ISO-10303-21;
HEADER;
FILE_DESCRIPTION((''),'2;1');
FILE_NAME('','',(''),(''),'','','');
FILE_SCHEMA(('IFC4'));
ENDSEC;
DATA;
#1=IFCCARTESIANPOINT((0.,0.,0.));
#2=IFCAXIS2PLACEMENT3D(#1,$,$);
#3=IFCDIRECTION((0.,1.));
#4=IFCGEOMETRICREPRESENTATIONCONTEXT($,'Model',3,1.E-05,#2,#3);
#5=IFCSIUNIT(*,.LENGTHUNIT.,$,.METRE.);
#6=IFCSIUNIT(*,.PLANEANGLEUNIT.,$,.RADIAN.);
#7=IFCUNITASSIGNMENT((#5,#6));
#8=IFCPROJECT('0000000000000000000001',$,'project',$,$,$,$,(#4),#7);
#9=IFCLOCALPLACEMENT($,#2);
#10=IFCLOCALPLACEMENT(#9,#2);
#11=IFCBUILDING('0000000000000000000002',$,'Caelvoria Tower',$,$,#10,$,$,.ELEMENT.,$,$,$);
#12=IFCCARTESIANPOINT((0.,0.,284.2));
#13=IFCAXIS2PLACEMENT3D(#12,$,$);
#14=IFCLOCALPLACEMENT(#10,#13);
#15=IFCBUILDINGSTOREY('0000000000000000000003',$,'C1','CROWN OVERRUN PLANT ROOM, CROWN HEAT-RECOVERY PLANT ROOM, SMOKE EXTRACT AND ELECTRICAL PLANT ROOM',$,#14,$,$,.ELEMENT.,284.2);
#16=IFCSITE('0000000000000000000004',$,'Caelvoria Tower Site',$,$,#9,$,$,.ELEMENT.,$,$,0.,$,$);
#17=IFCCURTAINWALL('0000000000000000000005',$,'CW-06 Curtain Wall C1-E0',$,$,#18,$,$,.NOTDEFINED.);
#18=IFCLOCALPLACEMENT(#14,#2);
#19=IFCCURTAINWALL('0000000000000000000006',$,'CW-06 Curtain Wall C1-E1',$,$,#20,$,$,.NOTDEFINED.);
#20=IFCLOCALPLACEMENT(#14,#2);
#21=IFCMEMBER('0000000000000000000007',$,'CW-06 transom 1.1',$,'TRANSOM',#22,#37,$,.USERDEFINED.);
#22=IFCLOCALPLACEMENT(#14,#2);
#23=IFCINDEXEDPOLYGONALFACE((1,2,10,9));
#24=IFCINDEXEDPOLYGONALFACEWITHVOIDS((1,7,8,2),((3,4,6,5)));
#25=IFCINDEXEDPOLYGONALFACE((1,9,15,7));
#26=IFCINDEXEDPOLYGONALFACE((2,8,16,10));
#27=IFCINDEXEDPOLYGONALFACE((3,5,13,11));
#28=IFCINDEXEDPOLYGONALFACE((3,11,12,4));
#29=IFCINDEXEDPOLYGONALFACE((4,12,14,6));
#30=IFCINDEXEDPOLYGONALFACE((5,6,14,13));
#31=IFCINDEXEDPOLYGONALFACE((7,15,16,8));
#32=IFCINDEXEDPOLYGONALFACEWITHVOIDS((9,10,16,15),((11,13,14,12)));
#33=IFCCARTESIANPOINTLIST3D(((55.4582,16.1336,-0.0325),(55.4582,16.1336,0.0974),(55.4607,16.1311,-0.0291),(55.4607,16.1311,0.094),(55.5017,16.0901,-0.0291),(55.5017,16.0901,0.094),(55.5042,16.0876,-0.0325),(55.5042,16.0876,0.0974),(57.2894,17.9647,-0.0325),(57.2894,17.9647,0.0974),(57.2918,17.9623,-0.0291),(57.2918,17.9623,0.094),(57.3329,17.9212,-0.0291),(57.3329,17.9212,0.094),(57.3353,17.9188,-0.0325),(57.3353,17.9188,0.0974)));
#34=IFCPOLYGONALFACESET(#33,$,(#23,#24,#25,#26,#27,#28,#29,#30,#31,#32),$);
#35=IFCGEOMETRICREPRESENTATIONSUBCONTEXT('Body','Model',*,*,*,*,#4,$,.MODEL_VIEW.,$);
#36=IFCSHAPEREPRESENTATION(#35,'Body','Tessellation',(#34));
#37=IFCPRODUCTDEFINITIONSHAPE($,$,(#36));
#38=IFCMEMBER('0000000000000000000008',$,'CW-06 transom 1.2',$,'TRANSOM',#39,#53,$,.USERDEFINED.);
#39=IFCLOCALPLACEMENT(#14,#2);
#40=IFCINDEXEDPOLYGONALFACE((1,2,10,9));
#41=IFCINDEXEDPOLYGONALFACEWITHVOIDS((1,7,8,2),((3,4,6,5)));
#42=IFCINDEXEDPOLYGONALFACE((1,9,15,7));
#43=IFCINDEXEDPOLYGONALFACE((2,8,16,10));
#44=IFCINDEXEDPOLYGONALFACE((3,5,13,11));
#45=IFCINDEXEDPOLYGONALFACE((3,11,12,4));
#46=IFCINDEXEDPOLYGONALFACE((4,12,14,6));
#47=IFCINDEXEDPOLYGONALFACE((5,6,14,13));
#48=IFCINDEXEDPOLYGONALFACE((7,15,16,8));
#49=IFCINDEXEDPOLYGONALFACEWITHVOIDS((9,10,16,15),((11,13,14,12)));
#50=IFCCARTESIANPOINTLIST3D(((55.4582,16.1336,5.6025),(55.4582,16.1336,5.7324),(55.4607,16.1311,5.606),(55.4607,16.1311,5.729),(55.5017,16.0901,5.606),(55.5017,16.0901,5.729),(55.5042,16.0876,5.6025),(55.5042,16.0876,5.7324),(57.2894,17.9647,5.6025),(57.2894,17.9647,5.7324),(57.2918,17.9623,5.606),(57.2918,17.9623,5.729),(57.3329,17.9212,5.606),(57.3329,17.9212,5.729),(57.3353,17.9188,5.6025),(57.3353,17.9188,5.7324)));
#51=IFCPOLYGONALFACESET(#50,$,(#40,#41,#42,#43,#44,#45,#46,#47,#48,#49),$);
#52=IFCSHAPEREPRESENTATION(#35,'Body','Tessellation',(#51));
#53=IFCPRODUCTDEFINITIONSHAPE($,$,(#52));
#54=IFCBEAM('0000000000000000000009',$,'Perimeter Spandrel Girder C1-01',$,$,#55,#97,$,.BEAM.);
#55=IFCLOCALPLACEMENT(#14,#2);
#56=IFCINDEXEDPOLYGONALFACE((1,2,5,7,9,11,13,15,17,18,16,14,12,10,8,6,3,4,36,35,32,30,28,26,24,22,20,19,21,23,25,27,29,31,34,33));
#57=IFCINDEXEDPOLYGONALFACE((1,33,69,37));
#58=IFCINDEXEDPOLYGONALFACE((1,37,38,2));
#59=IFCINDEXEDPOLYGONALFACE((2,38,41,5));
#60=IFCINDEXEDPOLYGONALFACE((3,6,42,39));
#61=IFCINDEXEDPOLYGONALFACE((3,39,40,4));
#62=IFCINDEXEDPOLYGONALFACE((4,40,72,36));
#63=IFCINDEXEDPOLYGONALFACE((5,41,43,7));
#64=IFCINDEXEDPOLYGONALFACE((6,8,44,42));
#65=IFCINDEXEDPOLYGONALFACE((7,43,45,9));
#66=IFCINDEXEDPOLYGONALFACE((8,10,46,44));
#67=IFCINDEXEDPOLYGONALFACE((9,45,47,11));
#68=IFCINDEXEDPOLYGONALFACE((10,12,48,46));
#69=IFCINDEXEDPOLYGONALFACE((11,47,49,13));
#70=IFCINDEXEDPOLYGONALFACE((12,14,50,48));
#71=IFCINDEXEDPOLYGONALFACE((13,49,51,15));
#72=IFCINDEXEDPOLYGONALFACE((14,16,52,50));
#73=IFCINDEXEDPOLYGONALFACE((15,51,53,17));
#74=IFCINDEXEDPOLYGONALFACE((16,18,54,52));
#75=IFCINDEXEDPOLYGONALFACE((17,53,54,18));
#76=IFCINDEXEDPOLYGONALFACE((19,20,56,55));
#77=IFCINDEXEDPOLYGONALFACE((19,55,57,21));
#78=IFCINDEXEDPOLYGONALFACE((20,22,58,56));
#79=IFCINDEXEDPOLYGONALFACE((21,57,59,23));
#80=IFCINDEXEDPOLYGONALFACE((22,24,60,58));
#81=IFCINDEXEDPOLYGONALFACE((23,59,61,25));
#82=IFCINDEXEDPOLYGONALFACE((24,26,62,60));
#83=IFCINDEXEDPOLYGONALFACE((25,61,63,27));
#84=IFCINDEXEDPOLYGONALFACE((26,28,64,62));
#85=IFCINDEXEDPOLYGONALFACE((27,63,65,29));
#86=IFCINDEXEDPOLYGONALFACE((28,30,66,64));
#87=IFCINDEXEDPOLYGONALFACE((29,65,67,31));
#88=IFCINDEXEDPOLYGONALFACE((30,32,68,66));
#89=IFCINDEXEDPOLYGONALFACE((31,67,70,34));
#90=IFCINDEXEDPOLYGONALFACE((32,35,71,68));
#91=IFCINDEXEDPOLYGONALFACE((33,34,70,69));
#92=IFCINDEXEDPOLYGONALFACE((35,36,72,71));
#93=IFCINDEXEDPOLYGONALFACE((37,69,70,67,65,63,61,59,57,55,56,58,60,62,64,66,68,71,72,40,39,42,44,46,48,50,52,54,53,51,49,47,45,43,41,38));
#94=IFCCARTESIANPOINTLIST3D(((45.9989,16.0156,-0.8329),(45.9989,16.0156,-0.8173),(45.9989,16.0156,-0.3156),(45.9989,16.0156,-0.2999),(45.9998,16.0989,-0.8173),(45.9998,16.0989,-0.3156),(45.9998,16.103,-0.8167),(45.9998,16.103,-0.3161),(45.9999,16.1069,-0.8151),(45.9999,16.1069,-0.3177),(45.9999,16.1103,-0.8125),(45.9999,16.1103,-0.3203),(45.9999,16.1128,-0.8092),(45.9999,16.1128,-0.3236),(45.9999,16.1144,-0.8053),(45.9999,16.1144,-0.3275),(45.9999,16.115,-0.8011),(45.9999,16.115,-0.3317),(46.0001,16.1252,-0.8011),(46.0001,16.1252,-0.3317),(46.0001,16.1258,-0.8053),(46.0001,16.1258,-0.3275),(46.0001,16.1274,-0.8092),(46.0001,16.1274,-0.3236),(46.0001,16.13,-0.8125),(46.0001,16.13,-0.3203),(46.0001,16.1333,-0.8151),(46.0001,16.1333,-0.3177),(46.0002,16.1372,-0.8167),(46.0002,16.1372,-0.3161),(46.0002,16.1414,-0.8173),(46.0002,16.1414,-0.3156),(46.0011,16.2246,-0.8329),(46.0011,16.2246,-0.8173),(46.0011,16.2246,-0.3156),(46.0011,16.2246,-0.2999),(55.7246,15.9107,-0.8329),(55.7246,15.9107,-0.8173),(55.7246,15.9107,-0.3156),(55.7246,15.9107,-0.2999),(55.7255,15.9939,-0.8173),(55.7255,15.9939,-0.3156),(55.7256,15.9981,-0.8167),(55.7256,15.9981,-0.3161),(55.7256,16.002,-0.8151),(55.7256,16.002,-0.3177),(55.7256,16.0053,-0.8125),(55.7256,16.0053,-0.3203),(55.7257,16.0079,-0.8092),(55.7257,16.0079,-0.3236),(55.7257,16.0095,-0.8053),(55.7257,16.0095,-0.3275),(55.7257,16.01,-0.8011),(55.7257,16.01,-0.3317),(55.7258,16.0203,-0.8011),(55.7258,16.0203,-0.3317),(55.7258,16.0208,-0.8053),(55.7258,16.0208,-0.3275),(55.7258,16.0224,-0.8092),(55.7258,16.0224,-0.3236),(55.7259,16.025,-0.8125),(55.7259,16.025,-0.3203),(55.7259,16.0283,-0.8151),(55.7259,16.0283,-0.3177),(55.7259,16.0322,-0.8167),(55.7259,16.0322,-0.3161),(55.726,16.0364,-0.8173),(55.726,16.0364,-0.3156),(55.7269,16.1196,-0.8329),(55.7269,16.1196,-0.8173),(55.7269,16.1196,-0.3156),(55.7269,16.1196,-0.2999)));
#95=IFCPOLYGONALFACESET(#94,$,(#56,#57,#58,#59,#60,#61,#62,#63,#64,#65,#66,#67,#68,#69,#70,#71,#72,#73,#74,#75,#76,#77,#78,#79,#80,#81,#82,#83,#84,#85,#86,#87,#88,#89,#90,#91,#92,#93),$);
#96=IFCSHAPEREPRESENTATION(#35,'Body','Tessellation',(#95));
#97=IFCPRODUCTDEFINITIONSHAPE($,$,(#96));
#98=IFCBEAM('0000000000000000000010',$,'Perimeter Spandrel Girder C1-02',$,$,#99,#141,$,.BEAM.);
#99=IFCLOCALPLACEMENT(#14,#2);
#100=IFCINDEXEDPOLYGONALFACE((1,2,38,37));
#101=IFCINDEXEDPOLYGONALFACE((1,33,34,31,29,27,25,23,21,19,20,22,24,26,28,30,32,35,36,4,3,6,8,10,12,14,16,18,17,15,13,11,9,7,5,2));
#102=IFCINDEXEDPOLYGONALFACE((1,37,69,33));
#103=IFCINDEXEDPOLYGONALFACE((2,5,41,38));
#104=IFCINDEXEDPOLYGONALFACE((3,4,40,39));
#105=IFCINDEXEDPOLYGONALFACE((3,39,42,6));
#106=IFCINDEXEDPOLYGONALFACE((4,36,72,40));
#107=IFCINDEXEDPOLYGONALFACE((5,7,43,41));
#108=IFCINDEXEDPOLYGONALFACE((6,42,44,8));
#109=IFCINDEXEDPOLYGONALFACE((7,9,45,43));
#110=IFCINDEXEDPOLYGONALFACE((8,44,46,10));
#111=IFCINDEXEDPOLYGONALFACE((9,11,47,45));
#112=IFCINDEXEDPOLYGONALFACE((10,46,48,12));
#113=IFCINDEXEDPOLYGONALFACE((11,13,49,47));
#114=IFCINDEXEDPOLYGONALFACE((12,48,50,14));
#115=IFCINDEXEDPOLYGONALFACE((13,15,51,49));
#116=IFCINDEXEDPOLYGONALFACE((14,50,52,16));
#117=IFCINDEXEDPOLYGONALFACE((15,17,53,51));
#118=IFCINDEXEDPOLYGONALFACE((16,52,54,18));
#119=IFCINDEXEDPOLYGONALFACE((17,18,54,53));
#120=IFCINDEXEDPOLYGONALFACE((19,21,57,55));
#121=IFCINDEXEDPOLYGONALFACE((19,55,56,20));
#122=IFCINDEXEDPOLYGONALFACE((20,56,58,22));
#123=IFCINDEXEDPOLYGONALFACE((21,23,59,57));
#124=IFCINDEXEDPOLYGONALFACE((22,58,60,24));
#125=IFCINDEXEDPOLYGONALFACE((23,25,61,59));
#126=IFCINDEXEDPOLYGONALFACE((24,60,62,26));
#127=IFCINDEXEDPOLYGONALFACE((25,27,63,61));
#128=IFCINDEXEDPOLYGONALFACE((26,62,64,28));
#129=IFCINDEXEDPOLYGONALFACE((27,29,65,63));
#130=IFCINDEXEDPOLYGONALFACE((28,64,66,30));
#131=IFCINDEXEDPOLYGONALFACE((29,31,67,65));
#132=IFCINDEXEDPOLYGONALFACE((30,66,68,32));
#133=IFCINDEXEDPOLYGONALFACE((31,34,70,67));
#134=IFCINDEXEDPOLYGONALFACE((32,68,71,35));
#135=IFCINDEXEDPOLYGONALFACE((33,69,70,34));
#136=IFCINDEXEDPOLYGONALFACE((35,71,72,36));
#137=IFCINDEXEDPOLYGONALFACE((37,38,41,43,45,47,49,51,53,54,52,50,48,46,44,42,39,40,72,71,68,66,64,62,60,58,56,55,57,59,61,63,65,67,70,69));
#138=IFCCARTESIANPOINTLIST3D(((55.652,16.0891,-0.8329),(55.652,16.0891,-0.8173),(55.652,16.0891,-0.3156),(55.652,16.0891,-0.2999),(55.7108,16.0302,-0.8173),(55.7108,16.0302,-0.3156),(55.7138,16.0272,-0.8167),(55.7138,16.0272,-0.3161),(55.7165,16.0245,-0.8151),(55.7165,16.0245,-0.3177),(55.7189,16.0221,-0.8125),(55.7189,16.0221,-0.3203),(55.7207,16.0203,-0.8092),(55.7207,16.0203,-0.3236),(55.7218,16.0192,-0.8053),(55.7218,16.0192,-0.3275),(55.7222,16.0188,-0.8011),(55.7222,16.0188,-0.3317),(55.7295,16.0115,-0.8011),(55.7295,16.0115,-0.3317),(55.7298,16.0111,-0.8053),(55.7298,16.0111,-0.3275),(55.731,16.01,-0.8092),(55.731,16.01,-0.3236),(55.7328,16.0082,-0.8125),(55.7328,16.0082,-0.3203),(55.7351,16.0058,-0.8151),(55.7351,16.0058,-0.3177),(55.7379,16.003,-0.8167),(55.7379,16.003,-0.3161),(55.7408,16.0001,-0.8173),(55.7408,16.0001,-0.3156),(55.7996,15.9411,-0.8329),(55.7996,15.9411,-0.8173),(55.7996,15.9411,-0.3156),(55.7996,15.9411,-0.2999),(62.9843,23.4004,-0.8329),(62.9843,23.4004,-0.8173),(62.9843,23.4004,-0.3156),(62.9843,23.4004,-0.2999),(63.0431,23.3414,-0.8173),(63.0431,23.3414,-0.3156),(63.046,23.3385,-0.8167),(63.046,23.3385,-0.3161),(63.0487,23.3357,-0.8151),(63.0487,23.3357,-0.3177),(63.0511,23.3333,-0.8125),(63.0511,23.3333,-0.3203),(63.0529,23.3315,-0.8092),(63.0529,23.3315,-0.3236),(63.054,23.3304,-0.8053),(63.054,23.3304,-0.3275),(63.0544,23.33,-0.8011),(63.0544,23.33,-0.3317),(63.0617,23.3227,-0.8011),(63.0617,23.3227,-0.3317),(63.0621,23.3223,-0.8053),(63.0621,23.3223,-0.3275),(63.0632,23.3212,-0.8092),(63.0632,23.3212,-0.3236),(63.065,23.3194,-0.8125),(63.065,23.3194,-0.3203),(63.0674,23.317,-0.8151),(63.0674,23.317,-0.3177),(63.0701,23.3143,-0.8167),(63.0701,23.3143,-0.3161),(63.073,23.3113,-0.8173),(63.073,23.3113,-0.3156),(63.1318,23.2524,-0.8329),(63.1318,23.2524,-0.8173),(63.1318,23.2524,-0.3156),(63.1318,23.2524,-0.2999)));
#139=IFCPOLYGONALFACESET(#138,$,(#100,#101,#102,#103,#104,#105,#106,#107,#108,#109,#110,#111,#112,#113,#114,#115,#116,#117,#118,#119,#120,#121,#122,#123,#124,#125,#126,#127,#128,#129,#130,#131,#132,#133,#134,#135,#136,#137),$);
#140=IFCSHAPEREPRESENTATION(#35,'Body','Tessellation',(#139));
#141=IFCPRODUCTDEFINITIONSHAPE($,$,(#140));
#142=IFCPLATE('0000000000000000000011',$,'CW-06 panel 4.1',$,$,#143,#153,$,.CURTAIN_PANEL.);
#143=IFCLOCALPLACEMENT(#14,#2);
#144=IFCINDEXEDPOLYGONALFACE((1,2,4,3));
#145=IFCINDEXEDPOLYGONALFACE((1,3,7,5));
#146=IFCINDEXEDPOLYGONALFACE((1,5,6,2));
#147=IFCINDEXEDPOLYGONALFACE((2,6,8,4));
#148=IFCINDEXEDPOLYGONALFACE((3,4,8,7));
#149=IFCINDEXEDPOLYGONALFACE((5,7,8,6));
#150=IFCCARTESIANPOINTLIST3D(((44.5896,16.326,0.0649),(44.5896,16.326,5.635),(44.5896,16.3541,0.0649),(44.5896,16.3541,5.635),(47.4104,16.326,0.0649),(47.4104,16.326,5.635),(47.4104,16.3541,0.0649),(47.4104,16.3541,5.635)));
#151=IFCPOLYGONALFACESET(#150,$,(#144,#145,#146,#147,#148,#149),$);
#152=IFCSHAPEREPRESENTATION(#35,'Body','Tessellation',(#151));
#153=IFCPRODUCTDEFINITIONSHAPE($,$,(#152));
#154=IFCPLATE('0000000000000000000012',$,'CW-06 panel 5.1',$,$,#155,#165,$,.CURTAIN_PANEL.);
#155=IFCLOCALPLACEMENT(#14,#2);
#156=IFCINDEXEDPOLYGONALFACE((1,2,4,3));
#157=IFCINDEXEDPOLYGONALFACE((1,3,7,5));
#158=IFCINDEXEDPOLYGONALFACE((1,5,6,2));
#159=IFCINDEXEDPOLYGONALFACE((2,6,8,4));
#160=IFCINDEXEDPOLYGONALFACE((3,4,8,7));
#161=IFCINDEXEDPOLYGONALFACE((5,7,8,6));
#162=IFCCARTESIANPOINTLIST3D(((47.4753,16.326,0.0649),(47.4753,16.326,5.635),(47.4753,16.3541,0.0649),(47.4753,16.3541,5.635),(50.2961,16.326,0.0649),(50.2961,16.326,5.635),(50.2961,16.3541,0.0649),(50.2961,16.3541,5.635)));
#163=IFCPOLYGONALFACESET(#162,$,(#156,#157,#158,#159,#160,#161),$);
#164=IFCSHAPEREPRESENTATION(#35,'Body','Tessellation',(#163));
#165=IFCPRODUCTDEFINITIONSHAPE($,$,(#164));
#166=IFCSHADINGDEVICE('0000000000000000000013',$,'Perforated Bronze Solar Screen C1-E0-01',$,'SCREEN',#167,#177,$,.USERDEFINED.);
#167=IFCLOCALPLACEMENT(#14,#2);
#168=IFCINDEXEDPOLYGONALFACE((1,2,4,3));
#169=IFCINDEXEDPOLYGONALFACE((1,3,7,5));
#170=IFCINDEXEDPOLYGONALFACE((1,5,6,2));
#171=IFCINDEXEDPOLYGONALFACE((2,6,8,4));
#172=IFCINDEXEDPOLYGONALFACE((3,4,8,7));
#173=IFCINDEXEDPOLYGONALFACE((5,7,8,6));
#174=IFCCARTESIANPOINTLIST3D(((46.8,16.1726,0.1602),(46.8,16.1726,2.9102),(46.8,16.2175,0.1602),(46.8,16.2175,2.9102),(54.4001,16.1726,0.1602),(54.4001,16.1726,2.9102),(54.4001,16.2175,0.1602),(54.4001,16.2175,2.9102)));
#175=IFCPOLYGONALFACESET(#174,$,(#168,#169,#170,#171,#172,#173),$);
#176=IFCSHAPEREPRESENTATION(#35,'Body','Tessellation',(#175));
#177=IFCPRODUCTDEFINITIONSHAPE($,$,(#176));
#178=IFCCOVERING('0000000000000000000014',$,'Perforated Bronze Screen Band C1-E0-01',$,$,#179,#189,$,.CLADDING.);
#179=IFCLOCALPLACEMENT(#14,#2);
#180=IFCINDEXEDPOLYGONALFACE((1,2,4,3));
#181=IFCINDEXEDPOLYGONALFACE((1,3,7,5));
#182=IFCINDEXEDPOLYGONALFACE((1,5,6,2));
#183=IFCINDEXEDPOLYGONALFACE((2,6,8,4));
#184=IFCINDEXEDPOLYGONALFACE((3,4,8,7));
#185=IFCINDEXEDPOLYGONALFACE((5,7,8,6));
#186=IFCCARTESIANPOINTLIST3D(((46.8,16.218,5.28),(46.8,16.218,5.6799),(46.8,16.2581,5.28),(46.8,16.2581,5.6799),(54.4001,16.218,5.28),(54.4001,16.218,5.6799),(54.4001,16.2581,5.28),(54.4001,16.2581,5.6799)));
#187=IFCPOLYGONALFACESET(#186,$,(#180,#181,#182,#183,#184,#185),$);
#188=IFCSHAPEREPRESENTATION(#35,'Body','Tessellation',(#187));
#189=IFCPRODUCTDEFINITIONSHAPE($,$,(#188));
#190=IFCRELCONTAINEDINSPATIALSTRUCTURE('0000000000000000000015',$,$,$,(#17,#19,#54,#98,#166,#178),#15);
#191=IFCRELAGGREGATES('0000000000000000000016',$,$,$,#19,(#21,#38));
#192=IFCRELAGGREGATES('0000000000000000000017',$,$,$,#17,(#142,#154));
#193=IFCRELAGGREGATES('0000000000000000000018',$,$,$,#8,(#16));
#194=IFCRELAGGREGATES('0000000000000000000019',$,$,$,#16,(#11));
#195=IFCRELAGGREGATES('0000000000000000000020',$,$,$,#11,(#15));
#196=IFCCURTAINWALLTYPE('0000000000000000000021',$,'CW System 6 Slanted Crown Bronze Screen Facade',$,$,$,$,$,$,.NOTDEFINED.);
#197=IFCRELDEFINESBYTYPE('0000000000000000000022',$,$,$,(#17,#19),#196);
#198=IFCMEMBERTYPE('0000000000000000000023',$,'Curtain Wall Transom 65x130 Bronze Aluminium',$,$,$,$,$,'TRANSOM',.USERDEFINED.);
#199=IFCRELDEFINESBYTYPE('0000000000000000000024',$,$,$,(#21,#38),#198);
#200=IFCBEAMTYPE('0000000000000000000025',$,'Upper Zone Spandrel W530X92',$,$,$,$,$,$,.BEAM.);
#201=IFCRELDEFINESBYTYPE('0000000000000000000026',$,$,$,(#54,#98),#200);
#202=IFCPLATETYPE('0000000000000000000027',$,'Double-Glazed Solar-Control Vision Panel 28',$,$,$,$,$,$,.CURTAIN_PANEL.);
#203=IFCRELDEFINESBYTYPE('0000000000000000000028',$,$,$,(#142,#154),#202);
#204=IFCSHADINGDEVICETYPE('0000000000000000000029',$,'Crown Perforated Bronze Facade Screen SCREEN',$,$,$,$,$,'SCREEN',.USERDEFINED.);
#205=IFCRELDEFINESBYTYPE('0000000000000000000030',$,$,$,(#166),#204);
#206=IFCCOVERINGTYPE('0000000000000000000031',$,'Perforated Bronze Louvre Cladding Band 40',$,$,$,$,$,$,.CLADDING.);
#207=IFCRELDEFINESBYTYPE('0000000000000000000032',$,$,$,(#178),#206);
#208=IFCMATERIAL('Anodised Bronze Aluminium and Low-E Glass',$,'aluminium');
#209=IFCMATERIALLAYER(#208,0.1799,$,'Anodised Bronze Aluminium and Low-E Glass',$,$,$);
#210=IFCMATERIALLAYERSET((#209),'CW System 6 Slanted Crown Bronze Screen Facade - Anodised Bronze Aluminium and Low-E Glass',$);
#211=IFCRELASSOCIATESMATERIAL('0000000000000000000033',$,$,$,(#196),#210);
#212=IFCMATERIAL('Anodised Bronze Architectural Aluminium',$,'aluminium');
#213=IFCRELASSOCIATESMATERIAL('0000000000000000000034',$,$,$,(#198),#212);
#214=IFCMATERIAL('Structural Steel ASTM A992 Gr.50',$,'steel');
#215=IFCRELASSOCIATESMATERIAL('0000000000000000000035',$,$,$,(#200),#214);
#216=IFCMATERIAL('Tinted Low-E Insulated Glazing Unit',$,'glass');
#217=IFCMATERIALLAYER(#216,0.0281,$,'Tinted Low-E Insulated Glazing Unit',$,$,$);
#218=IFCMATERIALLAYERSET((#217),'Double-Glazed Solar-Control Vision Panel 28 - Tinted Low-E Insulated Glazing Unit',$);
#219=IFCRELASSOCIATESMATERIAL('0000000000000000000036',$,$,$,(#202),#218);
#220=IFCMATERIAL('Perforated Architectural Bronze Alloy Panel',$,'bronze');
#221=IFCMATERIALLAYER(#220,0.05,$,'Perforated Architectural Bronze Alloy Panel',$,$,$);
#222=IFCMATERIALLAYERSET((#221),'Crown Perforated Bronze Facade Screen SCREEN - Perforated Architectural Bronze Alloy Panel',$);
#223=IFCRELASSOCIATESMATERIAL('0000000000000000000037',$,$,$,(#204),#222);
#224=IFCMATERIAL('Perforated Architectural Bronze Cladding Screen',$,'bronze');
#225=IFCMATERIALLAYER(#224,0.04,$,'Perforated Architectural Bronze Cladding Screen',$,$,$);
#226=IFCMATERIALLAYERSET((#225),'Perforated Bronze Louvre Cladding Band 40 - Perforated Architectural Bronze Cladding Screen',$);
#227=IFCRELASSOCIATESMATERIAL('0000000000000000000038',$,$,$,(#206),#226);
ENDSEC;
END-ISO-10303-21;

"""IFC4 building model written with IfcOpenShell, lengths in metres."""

from ifc_helpers import new_model, si_unit, direction, frame, origin, origin_2d, place, context, subcontext, project, spatial, rectangle, hollow_rectangle, i_section, extrude, material, layer, layer_set, material_profile, profile_set, type_object, element, aggregate, save


model = new_model("IFC4")

# Units and contexts
model_context = context("Model", 3, precision=1e-05, world=origin(), true_north=direction((0.0, 1.0)))
body_context = subcontext(model_context, "Body", "Model", "MODEL_VIEW")
ifc_project = project(units=[si_unit("LENGTHUNIT", "METRE"), si_unit("PLANEANGLEUNIT", "RADIAN")], contexts=[model_context])

# Site, building, storey
site_placement = place(None, origin())
site = spatial("IfcSite", under=ifc_project, at=site_placement, Name="Caelvoria Tower Site", CompositionType="ELEMENT", RefElevation=0.0)
building_placement = place(site_placement, origin())
building = spatial("IfcBuilding", under=site, at=building_placement, Name="Caelvoria Tower", CompositionType="ELEMENT")
storey_placement = place(building_placement, frame((0.0, 0.0, 284.2)))
storey = spatial("IfcBuildingStorey", under=building, at=storey_placement, Name="C1", Description="CROWN OVERRUN PLANT ROOM, CROWN HEAT-RECOVERY PLANT ROOM, SMOKE EXTRACT AND ELECTRICAL PLANT ROOM", CompositionType="ELEMENT", Elevation=284.2)

# Shared definitions
ifc_material_1 = material(Name="Structural Steel ASTM A992 Gr.50", Category="steel")

# Curtain wall
ifc_material_2 = material(Name="Anodised Bronze Aluminium and Low-E Glass", Category="aluminium")
ifc_layer_1 = layer(ifc_material_2, 0.1799, Name="Anodised Bronze Aluminium and Low-E Glass")
ifc_layer_set_1 = layer_set([ifc_layer_1], Name="CW System 6 Slanted Crown Bronze Screen Facade - Anodised Bronze Aluminium and Low-E Glass")
curtain_wall_type = type_object("IfcCurtainWallType", Name="CW System 6 Slanted Crown Bronze Screen Facade", PredefinedType="NOTDEFINED", material=ifc_layer_set_1)
curtain_wall_1_placement = place(storey_placement, origin())
curtain_wall_1 = element("IfcCurtainWall", 1, at=curtain_wall_1_placement, inside=storey, type_object=curtain_wall_type, Name="CW-06 Curtain Wall C1-E0", PredefinedType="NOTDEFINED")
ifc_material_3 = material(Name="Anodised Bronze Architectural Aluminium", Category="aluminium")

# Curtain wall
curtain_wall_2_placement = place(storey_placement, origin())
curtain_wall_2 = element("IfcCurtainWall", 2, at=curtain_wall_2_placement, inside=storey, type_object=curtain_wall_type, Name="CW-06 Curtain Wall C1-E1", PredefinedType="NOTDEFINED")

# Members
ifc_material_profile_1 = material_profile(ifc_material_3, hollow_rectangle(XDim=0.0649, YDim=0.1299, WallThickness=0.0034, at=origin_2d()), Name="Anodised Bronze Architectural Aluminium")
ifc_profile_set_1 = profile_set([ifc_material_profile_1], Name="CW_TRAN_65X130 - Anodised Bronze Architectural Aluminium")
member_type_1 = type_object("IfcMemberType", Name="Curtain Wall Transom 65x130 Bronze Aluminium", ElementType="TRANSOM", PredefinedType="USERDEFINED", material=ifc_profile_set_1)
member_1_placement = place(storey_placement, frame((55.4812, 16.1106, 0.0325), z_axis=(0.707107, 0.707107, 0.0), x_axis=(-0.707107, 0.707107, 0.0)))
member_1 = element("IfcMember", 3, at=member_1_placement, type_object=member_type_1, Name="CW-06 transom 1.1", ObjectType="TRANSOM", PredefinedType="USERDEFINED", context=body_context, shape_type="SweptSolid", body=[
    extrude(hollow_rectangle(XDim=0.0649, YDim=0.1299, WallThickness=0.0034, at=origin_2d()), origin(), (0.0, 0.0, 1.0), 2.5896),
])
member_2_placement = place(storey_placement, frame((55.4812, 16.1106, 5.6675), z_axis=(0.707107, 0.707107, 0.0), x_axis=(-0.707107, 0.707107, 0.0)))
member_2 = element("IfcMember", 4, at=member_2_placement, type_object=member_type_1, Name="CW-06 transom 1.2", ObjectType="TRANSOM", PredefinedType="USERDEFINED", context=body_context, shape_type="SweptSolid", body=[
    extrude(hollow_rectangle(XDim=0.0649, YDim=0.1299, WallThickness=0.0034, at=origin_2d()), origin(), (0.0, 0.0, 1.0), 2.5896),
])
aggregate(curtain_wall_2, [member_1, member_2])

# Beams
ifc_material_profile_2 = material_profile(ifc_material_1, i_section(OverallWidth=0.209, OverallDepth=0.533, WebThickness=0.0103, FlangeThickness=0.0156, FilletRadius=0.0161, at=origin_2d()), Name="Structural Steel ASTM A992 Gr.50")
ifc_profile_set_2 = profile_set([ifc_material_profile_2], Name="W530X92 - Structural Steel ASTM A992 Gr.50")
beam_type = type_object("IfcBeamType", Name="Upper Zone Spandrel W530X92", PredefinedType="BEAM", material=ifc_profile_set_2)
beam_1_placement = place(storey_placement, frame((46.0, 16.1201, -0.5664), z_axis=(0.999942, -0.010793, 0.0), x_axis=(0.010793, 0.999942, 0.0)))
element("IfcBeam", 5, at=beam_1_placement, inside=storey, type_object=beam_type, Name="Perimeter Spandrel Girder C1-01", PredefinedType="BEAM", context=body_context, shape_type="SweptSolid", body=[
    extrude(i_section(OverallWidth=0.209, OverallDepth=0.533, WebThickness=0.0103, FlangeThickness=0.0156, FilletRadius=0.0161, at=origin_2d()), origin(), (0.0, 0.0, 1.0), 9.7263),
])
beam_2_placement = place(storey_placement, frame((55.7258, 16.0151, -0.5664), z_axis=(0.70812, 0.706092, 0.0), x_axis=(-0.706092, 0.70812, 0.0)))
element("IfcBeam", 6, at=beam_2_placement, inside=storey, type_object=beam_type, Name="Perimeter Spandrel Girder C1-02", PredefinedType="BEAM", context=body_context, shape_type="SweptSolid", body=[
    extrude(i_section(OverallWidth=0.209, OverallDepth=0.533, WebThickness=0.0103, FlangeThickness=0.0156, FilletRadius=0.0161, at=origin_2d()), origin(), (0.0, 0.0, 1.0), 10.3545),
])

# Plates
ifc_material_4 = material(Name="Tinted Low-E Insulated Glazing Unit", Category="glass")
ifc_layer_2 = layer(ifc_material_4, 0.0281, Name="Tinted Low-E Insulated Glazing Unit")
ifc_layer_set_2 = layer_set([ifc_layer_2], Name="Double-Glazed Solar-Control Vision Panel 28 - Tinted Low-E Insulated Glazing Unit")
plate_type = type_object("IfcPlateType", Name="Double-Glazed Solar-Control Vision Panel 28", PredefinedType="CURTAIN_PANEL", material=ifc_layer_set_2)
plate_1_placement = place(storey_placement, frame((46.0, 16.3401, 0.0649), z_axis=(0.0, 0.0, 1.0), x_axis=(1.0, 0.0, 0.0)))
plate_1 = element("IfcPlate", 7, at=plate_1_placement, type_object=plate_type, Name="CW-06 panel 4.1", PredefinedType="CURTAIN_PANEL", context=body_context, shape_type="SweptSolid", body=[
    extrude(rectangle(XDim=2.8208, YDim=0.0281, at=origin_2d()), origin(), (0.0, 0.0, 1.0), 5.5701),
])
plate_2_placement = place(storey_placement, frame((48.8857, 16.3401, 0.0649), z_axis=(0.0, 0.0, 1.0), x_axis=(1.0, 0.0, 0.0)))
plate_2 = element("IfcPlate", 8, at=plate_2_placement, type_object=plate_type, Name="CW-06 panel 5.1", PredefinedType="CURTAIN_PANEL", context=body_context, shape_type="SweptSolid", body=[
    extrude(rectangle(XDim=2.8208, YDim=0.0281, at=origin_2d()), origin(), (0.0, 0.0, 1.0), 5.5701),
])
aggregate(curtain_wall_1, [plate_1, plate_2])

# Shading device
ifc_material_5 = material(Name="Perforated Architectural Bronze Alloy Panel", Category="bronze")
ifc_layer_3 = layer(ifc_material_5, 0.05, Name="Perforated Architectural Bronze Alloy Panel")
ifc_layer_set_3 = layer_set([ifc_layer_3], Name="Crown Perforated Bronze Facade Screen SCREEN - Perforated Architectural Bronze Alloy Panel")
shading_device_type = type_object("IfcShadingDeviceType", Name="Crown Perforated Bronze Facade Screen SCREEN", ElementType="SCREEN", PredefinedType="USERDEFINED", material=ifc_layer_set_3)
shading_device_placement = place(storey_placement, frame((50.6001, 16.1951, 0.1602), z_axis=(0.0, 0.0, 1.0), x_axis=(1.0, 0.0, 0.0)))
element("IfcShadingDevice", 9, at=shading_device_placement, inside=storey, type_object=shading_device_type, Name="Perforated Bronze Solar Screen C1-E0-01", ObjectType="SCREEN", PredefinedType="USERDEFINED", context=body_context, shape_type="SweptSolid", body=[
    extrude(rectangle(XDim=7.6001, YDim=0.0449, at=origin_2d()), origin(), (0.0, 0.0, 1.0), 2.75),
])

# Covering
ifc_material_6 = material(Name="Perforated Architectural Bronze Cladding Screen", Category="bronze")
ifc_layer_4 = layer(ifc_material_6, 0.04, Name="Perforated Architectural Bronze Cladding Screen")
ifc_layer_set_4 = layer_set([ifc_layer_4], Name="Perforated Bronze Louvre Cladding Band 40 - Perforated Architectural Bronze Cladding Screen")
covering_type = type_object("IfcCoveringType", Name="Perforated Bronze Louvre Cladding Band 40", PredefinedType="CLADDING", material=ifc_layer_set_4)
covering_placement = place(storey_placement, frame((50.6001, 16.238, 5.28), z_axis=(0.0, 0.0, 1.0), x_axis=(1.0, 0.0, 0.0)))
element("IfcCovering", 10, at=covering_placement, inside=storey, type_object=covering_type, Name="Perforated Bronze Screen Band C1-E0-01", PredefinedType="CLADDING", context=body_context, shape_type="SweptSolid", body=[
    extrude(rectangle(XDim=7.6001, YDim=0.04, at=origin_2d()), origin(), (0.0, 0.0, 1.0), 0.3999),
])

save(model, "model.ifc")
